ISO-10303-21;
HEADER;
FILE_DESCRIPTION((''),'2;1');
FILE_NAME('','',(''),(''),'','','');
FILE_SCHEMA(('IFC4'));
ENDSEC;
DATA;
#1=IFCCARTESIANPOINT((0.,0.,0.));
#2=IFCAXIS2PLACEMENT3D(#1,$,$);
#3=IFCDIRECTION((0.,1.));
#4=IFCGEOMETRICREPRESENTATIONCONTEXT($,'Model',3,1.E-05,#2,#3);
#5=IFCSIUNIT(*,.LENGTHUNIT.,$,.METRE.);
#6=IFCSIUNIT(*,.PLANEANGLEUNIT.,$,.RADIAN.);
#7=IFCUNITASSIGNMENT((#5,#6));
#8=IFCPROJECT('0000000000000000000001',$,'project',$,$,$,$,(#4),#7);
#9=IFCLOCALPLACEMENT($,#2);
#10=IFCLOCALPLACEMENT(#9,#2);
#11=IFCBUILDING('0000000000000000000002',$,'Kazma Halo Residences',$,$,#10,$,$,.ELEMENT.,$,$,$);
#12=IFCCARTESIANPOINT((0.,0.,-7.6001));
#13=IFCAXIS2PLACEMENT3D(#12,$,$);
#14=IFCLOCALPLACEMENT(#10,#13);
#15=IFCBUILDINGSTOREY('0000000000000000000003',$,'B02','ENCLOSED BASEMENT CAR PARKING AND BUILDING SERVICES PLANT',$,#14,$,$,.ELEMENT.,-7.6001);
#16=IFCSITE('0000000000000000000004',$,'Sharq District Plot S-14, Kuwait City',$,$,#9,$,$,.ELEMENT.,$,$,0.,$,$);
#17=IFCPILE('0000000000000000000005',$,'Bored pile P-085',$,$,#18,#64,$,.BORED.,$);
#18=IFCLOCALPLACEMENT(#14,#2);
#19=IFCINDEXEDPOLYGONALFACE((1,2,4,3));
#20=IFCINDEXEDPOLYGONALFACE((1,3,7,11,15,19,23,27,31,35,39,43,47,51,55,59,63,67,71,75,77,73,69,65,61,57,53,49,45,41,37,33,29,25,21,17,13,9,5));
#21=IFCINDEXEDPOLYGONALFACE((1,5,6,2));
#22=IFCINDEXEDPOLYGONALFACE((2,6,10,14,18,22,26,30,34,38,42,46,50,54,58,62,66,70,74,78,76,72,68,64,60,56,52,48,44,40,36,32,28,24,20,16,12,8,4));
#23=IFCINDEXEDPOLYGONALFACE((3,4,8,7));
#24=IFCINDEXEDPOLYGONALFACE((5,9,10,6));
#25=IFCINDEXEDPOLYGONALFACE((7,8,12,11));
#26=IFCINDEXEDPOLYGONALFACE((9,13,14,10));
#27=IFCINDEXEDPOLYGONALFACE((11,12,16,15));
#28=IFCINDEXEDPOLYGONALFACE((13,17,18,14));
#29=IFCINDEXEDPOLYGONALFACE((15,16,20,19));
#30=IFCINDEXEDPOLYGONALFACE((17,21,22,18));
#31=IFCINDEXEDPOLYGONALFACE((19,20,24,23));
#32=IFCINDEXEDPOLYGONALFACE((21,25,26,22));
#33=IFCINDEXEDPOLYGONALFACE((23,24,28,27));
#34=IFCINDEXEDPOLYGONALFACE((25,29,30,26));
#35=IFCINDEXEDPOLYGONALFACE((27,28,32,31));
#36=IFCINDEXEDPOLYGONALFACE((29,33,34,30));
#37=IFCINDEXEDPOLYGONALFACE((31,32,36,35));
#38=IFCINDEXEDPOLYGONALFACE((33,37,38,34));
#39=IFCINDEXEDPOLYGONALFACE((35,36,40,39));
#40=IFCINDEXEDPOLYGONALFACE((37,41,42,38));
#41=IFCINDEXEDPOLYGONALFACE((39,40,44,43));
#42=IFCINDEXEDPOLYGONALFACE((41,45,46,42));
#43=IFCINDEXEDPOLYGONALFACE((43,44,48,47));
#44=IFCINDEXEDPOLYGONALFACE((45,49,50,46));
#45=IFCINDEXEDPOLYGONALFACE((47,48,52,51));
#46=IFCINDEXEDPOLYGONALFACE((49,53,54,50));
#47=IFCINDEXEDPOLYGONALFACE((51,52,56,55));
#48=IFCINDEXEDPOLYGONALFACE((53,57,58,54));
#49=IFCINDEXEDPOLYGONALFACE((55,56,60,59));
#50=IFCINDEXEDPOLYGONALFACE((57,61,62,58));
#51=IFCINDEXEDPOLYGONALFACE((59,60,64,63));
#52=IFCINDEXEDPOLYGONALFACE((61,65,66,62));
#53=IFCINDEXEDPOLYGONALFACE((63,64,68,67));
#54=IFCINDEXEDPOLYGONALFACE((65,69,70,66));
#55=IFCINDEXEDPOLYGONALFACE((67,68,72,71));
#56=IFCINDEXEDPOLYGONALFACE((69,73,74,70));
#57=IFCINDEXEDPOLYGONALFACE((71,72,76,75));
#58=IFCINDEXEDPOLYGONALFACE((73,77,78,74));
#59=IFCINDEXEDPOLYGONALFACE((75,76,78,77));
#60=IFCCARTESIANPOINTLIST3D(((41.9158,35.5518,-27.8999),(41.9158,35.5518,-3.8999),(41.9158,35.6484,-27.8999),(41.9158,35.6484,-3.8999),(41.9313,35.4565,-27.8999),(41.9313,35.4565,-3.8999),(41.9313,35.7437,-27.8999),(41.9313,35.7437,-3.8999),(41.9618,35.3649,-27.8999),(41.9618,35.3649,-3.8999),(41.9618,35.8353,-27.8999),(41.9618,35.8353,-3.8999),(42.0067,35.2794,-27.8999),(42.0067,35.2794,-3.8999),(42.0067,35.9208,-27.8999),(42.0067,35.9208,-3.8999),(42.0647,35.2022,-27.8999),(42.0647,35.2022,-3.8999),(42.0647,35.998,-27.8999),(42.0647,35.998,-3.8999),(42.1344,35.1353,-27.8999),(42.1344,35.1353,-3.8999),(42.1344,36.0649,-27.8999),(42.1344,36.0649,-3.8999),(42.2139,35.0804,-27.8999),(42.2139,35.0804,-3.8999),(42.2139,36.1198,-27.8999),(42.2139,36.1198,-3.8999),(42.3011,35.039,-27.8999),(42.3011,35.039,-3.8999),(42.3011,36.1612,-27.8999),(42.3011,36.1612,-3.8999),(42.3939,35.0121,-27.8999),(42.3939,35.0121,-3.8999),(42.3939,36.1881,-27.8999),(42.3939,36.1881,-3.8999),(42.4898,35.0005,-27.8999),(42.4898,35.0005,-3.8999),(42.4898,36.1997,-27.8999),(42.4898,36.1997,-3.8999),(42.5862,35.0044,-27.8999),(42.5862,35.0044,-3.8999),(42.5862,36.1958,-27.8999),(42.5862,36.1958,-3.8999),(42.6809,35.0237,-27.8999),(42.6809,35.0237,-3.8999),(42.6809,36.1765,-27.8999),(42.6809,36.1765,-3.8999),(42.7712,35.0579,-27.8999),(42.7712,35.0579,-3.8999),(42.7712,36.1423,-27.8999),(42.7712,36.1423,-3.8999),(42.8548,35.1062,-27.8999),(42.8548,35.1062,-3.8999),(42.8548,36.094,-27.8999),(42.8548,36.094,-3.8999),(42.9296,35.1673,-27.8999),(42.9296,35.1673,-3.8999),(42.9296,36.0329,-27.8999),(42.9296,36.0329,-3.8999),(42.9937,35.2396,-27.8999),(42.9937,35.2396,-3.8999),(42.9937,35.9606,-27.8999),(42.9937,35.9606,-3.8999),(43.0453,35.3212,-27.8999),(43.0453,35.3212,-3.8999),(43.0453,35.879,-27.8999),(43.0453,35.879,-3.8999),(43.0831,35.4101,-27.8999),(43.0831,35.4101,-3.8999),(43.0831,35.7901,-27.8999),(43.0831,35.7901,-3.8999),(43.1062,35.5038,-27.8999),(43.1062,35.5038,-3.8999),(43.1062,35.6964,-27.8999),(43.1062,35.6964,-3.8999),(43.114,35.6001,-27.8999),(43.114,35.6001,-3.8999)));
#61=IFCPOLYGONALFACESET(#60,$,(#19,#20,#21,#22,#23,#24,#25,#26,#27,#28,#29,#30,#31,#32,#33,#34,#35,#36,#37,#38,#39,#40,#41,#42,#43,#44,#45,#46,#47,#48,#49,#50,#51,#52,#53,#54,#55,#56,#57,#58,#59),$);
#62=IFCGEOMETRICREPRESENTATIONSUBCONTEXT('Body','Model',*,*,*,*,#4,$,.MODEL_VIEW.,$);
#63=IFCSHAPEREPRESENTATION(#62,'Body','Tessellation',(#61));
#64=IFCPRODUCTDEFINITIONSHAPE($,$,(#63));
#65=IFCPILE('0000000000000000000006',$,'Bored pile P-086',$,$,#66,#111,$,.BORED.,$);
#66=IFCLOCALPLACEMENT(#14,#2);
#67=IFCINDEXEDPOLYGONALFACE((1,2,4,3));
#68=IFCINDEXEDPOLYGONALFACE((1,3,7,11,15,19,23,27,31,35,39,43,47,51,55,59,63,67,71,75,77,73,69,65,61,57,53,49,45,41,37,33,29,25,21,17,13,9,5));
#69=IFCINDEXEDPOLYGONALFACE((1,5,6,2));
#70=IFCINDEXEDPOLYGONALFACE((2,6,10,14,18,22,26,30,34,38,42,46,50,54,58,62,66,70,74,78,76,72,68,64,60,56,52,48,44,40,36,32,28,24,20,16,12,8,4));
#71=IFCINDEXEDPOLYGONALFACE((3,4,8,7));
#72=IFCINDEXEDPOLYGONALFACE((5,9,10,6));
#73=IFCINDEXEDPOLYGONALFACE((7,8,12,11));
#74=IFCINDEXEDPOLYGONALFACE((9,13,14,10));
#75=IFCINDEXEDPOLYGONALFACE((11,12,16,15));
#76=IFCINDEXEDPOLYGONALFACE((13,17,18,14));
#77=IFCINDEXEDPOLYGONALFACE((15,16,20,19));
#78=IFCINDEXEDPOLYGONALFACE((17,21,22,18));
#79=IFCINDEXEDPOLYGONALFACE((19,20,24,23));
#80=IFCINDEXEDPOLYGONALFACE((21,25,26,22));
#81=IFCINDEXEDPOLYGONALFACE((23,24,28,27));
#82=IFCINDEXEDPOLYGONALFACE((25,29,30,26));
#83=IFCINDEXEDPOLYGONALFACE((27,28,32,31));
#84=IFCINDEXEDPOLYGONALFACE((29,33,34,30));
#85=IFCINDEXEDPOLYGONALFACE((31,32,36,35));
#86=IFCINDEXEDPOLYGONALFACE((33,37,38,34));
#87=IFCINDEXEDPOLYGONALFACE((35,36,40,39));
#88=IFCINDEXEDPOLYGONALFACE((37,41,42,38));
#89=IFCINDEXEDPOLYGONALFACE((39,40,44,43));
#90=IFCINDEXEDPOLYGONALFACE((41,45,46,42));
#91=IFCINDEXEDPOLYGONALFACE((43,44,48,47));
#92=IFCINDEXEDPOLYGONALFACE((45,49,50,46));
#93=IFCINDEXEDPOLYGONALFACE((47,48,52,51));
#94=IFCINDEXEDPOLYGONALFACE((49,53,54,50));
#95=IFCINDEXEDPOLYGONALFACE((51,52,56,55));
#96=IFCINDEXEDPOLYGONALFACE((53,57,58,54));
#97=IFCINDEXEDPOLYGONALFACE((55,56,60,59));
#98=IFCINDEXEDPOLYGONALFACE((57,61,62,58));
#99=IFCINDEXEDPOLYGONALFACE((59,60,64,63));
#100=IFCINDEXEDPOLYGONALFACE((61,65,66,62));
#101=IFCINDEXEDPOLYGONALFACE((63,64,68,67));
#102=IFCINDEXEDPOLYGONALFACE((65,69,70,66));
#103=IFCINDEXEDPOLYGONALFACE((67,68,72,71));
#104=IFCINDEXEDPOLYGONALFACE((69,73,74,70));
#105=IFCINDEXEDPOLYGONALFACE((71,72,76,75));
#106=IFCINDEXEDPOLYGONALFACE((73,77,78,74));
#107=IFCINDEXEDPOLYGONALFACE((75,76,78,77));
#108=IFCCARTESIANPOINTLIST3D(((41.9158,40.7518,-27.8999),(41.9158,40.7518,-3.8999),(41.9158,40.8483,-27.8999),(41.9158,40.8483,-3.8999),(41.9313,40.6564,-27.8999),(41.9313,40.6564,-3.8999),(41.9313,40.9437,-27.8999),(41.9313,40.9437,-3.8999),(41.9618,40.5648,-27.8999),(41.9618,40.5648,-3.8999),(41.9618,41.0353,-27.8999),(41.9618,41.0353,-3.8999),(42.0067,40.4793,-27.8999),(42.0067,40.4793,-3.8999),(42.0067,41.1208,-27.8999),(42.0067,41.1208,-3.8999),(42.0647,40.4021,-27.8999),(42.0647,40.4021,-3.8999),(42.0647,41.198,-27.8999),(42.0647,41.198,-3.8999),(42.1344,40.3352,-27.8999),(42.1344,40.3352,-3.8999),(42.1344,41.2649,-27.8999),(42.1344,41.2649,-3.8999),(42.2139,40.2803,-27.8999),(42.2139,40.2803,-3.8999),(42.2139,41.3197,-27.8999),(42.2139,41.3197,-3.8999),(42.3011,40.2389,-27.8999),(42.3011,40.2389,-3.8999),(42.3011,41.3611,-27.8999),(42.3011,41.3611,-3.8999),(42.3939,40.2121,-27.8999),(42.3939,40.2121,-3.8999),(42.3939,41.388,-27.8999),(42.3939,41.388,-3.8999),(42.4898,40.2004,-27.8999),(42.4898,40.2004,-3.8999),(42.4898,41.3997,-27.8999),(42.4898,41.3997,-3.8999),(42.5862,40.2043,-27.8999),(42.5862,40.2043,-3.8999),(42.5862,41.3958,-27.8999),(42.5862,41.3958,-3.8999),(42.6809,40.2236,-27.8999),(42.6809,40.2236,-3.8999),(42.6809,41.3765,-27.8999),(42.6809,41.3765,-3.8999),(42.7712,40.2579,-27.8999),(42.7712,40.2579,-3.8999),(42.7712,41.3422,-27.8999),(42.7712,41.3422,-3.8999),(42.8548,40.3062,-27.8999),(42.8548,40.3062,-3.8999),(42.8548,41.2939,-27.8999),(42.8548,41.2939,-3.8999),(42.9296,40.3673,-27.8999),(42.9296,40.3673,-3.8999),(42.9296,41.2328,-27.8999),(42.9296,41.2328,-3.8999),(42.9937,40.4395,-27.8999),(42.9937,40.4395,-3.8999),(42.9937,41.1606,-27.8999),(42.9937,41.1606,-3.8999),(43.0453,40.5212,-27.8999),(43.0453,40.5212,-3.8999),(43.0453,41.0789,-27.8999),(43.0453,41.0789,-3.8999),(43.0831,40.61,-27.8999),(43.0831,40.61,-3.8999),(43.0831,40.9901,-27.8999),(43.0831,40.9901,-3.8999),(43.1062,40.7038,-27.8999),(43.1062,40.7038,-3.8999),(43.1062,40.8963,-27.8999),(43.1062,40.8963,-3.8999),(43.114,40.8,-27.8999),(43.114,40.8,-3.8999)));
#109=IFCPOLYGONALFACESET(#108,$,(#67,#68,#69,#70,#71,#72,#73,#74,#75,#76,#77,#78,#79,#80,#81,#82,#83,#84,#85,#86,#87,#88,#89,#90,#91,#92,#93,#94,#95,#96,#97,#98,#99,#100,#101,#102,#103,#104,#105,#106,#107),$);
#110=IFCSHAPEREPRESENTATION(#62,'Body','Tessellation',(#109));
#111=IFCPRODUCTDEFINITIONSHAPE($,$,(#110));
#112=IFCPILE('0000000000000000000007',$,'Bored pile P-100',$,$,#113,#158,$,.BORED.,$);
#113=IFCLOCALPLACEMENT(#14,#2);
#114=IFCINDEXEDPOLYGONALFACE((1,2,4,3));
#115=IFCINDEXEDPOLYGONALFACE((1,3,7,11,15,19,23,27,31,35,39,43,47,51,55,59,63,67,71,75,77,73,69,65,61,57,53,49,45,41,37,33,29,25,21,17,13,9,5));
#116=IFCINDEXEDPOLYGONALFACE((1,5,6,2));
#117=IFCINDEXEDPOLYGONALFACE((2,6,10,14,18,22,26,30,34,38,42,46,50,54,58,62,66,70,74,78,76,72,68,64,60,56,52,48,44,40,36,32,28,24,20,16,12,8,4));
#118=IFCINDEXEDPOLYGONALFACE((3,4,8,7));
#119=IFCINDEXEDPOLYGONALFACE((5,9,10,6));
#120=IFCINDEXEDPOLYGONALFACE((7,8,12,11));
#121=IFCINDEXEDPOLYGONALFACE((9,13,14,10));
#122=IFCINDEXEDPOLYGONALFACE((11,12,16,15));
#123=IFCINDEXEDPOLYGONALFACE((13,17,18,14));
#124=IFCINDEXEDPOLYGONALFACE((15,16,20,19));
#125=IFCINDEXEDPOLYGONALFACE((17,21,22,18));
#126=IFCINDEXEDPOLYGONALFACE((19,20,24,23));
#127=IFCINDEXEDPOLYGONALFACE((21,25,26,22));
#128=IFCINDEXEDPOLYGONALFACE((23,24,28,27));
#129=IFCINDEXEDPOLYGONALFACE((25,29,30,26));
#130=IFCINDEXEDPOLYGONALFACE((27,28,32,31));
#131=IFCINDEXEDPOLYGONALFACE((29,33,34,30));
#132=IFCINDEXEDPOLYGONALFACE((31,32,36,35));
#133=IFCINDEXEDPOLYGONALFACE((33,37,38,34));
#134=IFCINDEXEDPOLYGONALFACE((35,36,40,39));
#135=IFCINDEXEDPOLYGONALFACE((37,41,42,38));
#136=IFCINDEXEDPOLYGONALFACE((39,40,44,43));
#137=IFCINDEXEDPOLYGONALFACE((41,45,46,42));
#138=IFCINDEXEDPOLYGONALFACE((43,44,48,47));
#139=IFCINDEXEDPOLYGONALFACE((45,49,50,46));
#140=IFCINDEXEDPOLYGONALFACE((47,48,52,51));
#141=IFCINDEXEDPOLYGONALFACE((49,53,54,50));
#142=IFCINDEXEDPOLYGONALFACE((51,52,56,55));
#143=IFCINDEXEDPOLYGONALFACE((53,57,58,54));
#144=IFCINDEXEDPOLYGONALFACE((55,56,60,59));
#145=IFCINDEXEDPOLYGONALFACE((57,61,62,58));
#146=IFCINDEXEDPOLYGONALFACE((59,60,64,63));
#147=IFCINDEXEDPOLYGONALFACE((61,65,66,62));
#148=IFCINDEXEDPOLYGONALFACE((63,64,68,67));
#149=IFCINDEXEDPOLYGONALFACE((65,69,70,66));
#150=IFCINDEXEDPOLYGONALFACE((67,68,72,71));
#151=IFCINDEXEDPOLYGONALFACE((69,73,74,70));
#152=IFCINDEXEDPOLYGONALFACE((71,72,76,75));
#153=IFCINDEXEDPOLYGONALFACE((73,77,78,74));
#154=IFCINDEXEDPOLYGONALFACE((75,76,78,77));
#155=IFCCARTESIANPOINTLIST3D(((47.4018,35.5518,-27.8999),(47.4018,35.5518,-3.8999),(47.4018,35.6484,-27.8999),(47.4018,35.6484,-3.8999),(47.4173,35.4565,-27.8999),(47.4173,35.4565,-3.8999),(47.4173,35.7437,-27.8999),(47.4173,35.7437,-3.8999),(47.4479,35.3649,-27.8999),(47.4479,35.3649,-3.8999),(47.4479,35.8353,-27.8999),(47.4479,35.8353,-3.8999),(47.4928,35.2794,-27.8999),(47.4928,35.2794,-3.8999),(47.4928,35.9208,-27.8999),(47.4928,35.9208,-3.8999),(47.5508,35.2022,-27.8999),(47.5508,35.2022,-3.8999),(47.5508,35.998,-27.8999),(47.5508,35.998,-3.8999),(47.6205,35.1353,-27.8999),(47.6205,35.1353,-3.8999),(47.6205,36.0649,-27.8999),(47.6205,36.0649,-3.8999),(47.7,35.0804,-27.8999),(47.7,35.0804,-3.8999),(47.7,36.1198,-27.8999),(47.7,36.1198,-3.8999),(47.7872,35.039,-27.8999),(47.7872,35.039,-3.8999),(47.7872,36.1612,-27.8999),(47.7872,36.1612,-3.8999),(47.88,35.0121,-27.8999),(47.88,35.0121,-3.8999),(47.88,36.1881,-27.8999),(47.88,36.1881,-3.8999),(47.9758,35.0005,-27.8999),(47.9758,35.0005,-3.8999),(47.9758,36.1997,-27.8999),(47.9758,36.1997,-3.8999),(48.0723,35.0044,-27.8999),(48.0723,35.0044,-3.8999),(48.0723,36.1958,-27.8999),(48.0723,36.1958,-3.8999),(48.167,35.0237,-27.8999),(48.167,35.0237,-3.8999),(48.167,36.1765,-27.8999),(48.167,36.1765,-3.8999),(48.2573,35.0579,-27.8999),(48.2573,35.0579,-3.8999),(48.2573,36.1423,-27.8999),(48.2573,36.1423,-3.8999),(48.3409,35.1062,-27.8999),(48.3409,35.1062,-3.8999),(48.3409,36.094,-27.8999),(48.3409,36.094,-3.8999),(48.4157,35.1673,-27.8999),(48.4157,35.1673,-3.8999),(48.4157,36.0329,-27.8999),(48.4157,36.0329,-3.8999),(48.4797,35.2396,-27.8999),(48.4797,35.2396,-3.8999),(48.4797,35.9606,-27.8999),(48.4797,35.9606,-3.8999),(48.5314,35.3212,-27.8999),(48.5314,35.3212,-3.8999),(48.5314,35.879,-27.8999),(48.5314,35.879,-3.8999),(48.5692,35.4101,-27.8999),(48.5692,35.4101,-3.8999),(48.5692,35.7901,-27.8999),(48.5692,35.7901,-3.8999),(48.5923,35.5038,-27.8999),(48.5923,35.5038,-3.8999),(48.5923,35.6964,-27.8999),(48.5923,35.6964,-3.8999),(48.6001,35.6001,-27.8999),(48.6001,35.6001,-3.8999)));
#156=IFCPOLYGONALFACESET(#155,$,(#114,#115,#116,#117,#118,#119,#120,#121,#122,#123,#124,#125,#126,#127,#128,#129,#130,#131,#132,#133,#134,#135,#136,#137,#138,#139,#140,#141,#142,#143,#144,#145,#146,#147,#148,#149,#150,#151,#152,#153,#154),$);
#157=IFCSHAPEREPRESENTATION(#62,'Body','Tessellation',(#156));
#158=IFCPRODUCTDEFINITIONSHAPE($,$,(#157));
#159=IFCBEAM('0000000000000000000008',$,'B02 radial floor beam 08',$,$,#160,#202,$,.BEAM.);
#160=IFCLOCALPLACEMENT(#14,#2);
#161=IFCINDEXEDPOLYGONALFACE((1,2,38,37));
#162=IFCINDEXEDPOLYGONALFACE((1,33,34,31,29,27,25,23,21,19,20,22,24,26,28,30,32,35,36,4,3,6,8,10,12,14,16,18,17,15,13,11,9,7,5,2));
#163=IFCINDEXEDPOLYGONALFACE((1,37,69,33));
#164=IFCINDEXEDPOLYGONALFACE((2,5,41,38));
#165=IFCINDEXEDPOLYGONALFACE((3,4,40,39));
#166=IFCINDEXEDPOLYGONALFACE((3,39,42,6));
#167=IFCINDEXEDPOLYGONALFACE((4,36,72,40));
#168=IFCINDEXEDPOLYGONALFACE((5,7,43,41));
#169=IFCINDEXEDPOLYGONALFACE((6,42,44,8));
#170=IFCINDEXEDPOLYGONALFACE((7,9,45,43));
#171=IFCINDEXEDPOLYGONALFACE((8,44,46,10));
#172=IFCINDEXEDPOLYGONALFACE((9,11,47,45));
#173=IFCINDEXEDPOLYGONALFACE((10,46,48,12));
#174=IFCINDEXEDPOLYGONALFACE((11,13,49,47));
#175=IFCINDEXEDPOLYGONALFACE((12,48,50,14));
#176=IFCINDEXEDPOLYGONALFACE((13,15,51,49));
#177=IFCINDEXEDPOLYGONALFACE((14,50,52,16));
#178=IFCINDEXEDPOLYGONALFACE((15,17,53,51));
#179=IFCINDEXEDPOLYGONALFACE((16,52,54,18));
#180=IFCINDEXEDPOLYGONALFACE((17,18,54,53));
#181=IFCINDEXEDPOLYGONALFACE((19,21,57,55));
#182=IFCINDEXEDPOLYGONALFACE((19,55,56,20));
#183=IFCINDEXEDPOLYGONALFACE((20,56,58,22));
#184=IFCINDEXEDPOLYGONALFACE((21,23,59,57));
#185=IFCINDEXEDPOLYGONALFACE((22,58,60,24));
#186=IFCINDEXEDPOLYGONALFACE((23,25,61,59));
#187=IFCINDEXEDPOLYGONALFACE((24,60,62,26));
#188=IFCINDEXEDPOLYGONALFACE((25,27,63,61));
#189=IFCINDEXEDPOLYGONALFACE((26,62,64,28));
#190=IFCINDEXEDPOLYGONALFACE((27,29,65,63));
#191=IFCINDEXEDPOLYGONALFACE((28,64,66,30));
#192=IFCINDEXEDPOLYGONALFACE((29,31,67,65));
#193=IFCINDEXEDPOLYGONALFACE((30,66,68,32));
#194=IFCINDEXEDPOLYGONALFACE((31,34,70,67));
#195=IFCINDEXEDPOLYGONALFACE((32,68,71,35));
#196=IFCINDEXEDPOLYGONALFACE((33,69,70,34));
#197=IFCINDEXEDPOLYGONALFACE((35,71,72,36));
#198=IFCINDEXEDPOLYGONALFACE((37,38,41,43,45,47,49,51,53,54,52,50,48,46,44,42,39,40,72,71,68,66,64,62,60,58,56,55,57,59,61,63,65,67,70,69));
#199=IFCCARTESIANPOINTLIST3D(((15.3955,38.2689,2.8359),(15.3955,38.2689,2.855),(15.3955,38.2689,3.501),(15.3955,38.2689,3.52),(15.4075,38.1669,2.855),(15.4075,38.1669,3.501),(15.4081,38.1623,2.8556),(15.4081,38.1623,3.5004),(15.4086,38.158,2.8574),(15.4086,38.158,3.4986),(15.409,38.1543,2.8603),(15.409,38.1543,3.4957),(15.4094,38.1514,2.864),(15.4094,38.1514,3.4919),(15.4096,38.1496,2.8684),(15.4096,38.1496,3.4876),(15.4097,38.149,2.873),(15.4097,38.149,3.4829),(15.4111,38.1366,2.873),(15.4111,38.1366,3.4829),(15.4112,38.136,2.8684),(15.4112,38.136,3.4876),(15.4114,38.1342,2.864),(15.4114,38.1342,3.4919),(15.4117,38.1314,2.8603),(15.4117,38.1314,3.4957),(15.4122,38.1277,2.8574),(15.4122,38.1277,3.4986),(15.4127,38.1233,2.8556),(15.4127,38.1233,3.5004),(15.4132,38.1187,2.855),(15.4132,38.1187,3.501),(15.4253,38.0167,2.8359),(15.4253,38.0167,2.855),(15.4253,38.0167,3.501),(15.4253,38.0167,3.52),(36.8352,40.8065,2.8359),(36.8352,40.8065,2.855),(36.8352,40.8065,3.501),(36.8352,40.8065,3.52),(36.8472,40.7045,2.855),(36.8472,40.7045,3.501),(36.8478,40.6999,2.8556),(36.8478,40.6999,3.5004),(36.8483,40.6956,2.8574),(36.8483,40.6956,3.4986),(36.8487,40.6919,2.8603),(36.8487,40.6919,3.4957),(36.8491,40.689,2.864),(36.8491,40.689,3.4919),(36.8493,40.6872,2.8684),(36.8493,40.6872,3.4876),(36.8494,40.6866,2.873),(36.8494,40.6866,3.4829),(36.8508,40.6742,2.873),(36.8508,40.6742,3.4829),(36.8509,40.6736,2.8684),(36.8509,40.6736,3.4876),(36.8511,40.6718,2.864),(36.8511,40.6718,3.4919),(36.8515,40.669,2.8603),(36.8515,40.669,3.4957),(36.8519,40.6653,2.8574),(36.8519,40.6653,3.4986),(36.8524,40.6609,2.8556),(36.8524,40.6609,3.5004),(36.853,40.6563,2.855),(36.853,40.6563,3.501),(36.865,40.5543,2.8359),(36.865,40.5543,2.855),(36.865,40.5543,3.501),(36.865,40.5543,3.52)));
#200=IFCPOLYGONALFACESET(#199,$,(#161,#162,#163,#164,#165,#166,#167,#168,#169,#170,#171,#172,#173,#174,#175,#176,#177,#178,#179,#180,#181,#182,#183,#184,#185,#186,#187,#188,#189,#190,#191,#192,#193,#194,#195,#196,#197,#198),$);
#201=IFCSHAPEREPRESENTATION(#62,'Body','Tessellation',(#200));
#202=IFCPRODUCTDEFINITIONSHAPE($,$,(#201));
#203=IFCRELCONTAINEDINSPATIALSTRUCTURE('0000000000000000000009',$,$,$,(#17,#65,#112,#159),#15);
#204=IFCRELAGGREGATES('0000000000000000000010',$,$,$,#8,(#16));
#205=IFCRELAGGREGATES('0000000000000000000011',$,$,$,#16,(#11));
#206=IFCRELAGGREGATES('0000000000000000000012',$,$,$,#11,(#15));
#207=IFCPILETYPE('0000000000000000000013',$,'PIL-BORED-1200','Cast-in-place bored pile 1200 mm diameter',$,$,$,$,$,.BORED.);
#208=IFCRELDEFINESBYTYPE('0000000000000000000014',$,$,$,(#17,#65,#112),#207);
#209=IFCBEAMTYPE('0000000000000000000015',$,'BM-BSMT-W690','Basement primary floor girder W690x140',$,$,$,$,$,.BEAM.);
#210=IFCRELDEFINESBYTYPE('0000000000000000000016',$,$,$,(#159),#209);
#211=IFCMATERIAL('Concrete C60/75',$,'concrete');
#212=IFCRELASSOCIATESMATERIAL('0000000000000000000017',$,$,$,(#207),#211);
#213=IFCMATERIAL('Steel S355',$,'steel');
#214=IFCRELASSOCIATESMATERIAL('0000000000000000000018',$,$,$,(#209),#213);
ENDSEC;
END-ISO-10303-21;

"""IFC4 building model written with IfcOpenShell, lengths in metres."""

from ifc_helpers import new_model, si_unit, direction, frame, origin, origin_2d, place, context, subcontext, project, spatial, circle, i_section, extrude, material, material_profile, profile_set, type_object, element, save


model = new_model("IFC4")

# Units and contexts
model_context = context("Model", 3, precision=1e-05, world=origin(), true_north=direction((0.0, 1.0)))
body_context = subcontext(model_context, "Body", "Model", "MODEL_VIEW")
ifc_project = project(units=[si_unit("LENGTHUNIT", "METRE"), si_unit("PLANEANGLEUNIT", "RADIAN")], contexts=[model_context])

# Site, building, storey
site_placement = place(None, origin())
site = spatial("IfcSite", under=ifc_project, at=site_placement, Name="Sharq District Plot S-14, Kuwait City", CompositionType="ELEMENT", RefElevation=0.0)
building_placement = place(site_placement, origin())
building = spatial("IfcBuilding", under=site, at=building_placement, Name="Kazma Halo Residences", CompositionType="ELEMENT")
storey_placement = place(building_placement, frame((0.0, 0.0, -7.6001)))
storey = spatial("IfcBuildingStorey", under=building, at=storey_placement, Name="B02", Description="ENCLOSED BASEMENT CAR PARKING AND BUILDING SERVICES PLANT", CompositionType="ELEMENT", Elevation=-7.6001)

# Piles
ifc_material_1 = material(Name="Concrete C60/75", Category="concrete")
ifc_material_profile_1 = material_profile(ifc_material_1, circle(Radius=0.6001, at=origin_2d()), Name="CIRC1200")
ifc_profile_set_1 = profile_set([ifc_material_profile_1], Name="Concrete C60/75")
pile_type = type_object("IfcPileType", Name="PIL-BORED-1200", Description="Cast-in-place bored pile 1200 mm diameter", PredefinedType="BORED", material=ifc_profile_set_1)
for number, where, z_axis, x_axis, name in (
    (1, (42.5139, 35.6001, -3.8999), (0.0, 0.0, -1.0), (1.0, 0.0, 0.0), "Bored pile P-085"),
    (2, (42.5139, 40.8, -3.8999), (0.0, 0.0, -1.0), (1.0, 0.0, 0.0), "Bored pile P-086"),
    (3, (48.0, 35.6001, -3.8999), (0.0, 0.0, -1.0), (1.0, 0.0, 0.0), "Bored pile P-100"),
):
    element("IfcPile", number, at=place(storey_placement, frame(where, z_axis=z_axis, x_axis=x_axis)), inside=storey, type_object=pile_type, Name=name, PredefinedType="BORED", context=body_context, shape_type="SweptSolid", body=[
        extrude(circle(Radius=0.6001, at=origin_2d()), origin(), (0.0, 0.0, 1.0), 24.0),
    ])

# Beam
ifc_material_2 = material(Name="Steel S355", Category="steel")
ifc_material_profile_2 = material_profile(ifc_material_2, i_section(OverallWidth=0.2539, OverallDepth=0.6841, WebThickness=0.0125, FlangeThickness=0.019, FilletRadius=0.0181, at=origin_2d()), Name="W690x140")
ifc_profile_set_2 = profile_set([ifc_material_profile_2], Name="Steel S355")
beam_type_1 = type_object("IfcBeamType", Name="BM-BSMT-W690", Description="Basement primary floor girder W690x140", PredefinedType="BEAM", material=ifc_profile_set_2)
beam_1_placement = place(storey_placement, frame((36.8501, 40.6804, 3.178), z_axis=(-0.993068, -0.117539, 0.0), x_axis=(0.117539, -0.993068, 0.0)))
element("IfcBeam", 4, at=beam_1_placement, inside=storey, type_object=beam_type_1, Name="B02 radial floor beam 08", PredefinedType="BEAM", context=body_context, shape_type="SweptSolid", body=[
    extrude(i_section(OverallWidth=0.2539, OverallDepth=0.6841, WebThickness=0.0125, FlangeThickness=0.019, FilletRadius=0.0181, at=origin_2d()), origin(), (0.0, 0.0, 1.0), 21.5894),
])

save(model, "model.ifc")
